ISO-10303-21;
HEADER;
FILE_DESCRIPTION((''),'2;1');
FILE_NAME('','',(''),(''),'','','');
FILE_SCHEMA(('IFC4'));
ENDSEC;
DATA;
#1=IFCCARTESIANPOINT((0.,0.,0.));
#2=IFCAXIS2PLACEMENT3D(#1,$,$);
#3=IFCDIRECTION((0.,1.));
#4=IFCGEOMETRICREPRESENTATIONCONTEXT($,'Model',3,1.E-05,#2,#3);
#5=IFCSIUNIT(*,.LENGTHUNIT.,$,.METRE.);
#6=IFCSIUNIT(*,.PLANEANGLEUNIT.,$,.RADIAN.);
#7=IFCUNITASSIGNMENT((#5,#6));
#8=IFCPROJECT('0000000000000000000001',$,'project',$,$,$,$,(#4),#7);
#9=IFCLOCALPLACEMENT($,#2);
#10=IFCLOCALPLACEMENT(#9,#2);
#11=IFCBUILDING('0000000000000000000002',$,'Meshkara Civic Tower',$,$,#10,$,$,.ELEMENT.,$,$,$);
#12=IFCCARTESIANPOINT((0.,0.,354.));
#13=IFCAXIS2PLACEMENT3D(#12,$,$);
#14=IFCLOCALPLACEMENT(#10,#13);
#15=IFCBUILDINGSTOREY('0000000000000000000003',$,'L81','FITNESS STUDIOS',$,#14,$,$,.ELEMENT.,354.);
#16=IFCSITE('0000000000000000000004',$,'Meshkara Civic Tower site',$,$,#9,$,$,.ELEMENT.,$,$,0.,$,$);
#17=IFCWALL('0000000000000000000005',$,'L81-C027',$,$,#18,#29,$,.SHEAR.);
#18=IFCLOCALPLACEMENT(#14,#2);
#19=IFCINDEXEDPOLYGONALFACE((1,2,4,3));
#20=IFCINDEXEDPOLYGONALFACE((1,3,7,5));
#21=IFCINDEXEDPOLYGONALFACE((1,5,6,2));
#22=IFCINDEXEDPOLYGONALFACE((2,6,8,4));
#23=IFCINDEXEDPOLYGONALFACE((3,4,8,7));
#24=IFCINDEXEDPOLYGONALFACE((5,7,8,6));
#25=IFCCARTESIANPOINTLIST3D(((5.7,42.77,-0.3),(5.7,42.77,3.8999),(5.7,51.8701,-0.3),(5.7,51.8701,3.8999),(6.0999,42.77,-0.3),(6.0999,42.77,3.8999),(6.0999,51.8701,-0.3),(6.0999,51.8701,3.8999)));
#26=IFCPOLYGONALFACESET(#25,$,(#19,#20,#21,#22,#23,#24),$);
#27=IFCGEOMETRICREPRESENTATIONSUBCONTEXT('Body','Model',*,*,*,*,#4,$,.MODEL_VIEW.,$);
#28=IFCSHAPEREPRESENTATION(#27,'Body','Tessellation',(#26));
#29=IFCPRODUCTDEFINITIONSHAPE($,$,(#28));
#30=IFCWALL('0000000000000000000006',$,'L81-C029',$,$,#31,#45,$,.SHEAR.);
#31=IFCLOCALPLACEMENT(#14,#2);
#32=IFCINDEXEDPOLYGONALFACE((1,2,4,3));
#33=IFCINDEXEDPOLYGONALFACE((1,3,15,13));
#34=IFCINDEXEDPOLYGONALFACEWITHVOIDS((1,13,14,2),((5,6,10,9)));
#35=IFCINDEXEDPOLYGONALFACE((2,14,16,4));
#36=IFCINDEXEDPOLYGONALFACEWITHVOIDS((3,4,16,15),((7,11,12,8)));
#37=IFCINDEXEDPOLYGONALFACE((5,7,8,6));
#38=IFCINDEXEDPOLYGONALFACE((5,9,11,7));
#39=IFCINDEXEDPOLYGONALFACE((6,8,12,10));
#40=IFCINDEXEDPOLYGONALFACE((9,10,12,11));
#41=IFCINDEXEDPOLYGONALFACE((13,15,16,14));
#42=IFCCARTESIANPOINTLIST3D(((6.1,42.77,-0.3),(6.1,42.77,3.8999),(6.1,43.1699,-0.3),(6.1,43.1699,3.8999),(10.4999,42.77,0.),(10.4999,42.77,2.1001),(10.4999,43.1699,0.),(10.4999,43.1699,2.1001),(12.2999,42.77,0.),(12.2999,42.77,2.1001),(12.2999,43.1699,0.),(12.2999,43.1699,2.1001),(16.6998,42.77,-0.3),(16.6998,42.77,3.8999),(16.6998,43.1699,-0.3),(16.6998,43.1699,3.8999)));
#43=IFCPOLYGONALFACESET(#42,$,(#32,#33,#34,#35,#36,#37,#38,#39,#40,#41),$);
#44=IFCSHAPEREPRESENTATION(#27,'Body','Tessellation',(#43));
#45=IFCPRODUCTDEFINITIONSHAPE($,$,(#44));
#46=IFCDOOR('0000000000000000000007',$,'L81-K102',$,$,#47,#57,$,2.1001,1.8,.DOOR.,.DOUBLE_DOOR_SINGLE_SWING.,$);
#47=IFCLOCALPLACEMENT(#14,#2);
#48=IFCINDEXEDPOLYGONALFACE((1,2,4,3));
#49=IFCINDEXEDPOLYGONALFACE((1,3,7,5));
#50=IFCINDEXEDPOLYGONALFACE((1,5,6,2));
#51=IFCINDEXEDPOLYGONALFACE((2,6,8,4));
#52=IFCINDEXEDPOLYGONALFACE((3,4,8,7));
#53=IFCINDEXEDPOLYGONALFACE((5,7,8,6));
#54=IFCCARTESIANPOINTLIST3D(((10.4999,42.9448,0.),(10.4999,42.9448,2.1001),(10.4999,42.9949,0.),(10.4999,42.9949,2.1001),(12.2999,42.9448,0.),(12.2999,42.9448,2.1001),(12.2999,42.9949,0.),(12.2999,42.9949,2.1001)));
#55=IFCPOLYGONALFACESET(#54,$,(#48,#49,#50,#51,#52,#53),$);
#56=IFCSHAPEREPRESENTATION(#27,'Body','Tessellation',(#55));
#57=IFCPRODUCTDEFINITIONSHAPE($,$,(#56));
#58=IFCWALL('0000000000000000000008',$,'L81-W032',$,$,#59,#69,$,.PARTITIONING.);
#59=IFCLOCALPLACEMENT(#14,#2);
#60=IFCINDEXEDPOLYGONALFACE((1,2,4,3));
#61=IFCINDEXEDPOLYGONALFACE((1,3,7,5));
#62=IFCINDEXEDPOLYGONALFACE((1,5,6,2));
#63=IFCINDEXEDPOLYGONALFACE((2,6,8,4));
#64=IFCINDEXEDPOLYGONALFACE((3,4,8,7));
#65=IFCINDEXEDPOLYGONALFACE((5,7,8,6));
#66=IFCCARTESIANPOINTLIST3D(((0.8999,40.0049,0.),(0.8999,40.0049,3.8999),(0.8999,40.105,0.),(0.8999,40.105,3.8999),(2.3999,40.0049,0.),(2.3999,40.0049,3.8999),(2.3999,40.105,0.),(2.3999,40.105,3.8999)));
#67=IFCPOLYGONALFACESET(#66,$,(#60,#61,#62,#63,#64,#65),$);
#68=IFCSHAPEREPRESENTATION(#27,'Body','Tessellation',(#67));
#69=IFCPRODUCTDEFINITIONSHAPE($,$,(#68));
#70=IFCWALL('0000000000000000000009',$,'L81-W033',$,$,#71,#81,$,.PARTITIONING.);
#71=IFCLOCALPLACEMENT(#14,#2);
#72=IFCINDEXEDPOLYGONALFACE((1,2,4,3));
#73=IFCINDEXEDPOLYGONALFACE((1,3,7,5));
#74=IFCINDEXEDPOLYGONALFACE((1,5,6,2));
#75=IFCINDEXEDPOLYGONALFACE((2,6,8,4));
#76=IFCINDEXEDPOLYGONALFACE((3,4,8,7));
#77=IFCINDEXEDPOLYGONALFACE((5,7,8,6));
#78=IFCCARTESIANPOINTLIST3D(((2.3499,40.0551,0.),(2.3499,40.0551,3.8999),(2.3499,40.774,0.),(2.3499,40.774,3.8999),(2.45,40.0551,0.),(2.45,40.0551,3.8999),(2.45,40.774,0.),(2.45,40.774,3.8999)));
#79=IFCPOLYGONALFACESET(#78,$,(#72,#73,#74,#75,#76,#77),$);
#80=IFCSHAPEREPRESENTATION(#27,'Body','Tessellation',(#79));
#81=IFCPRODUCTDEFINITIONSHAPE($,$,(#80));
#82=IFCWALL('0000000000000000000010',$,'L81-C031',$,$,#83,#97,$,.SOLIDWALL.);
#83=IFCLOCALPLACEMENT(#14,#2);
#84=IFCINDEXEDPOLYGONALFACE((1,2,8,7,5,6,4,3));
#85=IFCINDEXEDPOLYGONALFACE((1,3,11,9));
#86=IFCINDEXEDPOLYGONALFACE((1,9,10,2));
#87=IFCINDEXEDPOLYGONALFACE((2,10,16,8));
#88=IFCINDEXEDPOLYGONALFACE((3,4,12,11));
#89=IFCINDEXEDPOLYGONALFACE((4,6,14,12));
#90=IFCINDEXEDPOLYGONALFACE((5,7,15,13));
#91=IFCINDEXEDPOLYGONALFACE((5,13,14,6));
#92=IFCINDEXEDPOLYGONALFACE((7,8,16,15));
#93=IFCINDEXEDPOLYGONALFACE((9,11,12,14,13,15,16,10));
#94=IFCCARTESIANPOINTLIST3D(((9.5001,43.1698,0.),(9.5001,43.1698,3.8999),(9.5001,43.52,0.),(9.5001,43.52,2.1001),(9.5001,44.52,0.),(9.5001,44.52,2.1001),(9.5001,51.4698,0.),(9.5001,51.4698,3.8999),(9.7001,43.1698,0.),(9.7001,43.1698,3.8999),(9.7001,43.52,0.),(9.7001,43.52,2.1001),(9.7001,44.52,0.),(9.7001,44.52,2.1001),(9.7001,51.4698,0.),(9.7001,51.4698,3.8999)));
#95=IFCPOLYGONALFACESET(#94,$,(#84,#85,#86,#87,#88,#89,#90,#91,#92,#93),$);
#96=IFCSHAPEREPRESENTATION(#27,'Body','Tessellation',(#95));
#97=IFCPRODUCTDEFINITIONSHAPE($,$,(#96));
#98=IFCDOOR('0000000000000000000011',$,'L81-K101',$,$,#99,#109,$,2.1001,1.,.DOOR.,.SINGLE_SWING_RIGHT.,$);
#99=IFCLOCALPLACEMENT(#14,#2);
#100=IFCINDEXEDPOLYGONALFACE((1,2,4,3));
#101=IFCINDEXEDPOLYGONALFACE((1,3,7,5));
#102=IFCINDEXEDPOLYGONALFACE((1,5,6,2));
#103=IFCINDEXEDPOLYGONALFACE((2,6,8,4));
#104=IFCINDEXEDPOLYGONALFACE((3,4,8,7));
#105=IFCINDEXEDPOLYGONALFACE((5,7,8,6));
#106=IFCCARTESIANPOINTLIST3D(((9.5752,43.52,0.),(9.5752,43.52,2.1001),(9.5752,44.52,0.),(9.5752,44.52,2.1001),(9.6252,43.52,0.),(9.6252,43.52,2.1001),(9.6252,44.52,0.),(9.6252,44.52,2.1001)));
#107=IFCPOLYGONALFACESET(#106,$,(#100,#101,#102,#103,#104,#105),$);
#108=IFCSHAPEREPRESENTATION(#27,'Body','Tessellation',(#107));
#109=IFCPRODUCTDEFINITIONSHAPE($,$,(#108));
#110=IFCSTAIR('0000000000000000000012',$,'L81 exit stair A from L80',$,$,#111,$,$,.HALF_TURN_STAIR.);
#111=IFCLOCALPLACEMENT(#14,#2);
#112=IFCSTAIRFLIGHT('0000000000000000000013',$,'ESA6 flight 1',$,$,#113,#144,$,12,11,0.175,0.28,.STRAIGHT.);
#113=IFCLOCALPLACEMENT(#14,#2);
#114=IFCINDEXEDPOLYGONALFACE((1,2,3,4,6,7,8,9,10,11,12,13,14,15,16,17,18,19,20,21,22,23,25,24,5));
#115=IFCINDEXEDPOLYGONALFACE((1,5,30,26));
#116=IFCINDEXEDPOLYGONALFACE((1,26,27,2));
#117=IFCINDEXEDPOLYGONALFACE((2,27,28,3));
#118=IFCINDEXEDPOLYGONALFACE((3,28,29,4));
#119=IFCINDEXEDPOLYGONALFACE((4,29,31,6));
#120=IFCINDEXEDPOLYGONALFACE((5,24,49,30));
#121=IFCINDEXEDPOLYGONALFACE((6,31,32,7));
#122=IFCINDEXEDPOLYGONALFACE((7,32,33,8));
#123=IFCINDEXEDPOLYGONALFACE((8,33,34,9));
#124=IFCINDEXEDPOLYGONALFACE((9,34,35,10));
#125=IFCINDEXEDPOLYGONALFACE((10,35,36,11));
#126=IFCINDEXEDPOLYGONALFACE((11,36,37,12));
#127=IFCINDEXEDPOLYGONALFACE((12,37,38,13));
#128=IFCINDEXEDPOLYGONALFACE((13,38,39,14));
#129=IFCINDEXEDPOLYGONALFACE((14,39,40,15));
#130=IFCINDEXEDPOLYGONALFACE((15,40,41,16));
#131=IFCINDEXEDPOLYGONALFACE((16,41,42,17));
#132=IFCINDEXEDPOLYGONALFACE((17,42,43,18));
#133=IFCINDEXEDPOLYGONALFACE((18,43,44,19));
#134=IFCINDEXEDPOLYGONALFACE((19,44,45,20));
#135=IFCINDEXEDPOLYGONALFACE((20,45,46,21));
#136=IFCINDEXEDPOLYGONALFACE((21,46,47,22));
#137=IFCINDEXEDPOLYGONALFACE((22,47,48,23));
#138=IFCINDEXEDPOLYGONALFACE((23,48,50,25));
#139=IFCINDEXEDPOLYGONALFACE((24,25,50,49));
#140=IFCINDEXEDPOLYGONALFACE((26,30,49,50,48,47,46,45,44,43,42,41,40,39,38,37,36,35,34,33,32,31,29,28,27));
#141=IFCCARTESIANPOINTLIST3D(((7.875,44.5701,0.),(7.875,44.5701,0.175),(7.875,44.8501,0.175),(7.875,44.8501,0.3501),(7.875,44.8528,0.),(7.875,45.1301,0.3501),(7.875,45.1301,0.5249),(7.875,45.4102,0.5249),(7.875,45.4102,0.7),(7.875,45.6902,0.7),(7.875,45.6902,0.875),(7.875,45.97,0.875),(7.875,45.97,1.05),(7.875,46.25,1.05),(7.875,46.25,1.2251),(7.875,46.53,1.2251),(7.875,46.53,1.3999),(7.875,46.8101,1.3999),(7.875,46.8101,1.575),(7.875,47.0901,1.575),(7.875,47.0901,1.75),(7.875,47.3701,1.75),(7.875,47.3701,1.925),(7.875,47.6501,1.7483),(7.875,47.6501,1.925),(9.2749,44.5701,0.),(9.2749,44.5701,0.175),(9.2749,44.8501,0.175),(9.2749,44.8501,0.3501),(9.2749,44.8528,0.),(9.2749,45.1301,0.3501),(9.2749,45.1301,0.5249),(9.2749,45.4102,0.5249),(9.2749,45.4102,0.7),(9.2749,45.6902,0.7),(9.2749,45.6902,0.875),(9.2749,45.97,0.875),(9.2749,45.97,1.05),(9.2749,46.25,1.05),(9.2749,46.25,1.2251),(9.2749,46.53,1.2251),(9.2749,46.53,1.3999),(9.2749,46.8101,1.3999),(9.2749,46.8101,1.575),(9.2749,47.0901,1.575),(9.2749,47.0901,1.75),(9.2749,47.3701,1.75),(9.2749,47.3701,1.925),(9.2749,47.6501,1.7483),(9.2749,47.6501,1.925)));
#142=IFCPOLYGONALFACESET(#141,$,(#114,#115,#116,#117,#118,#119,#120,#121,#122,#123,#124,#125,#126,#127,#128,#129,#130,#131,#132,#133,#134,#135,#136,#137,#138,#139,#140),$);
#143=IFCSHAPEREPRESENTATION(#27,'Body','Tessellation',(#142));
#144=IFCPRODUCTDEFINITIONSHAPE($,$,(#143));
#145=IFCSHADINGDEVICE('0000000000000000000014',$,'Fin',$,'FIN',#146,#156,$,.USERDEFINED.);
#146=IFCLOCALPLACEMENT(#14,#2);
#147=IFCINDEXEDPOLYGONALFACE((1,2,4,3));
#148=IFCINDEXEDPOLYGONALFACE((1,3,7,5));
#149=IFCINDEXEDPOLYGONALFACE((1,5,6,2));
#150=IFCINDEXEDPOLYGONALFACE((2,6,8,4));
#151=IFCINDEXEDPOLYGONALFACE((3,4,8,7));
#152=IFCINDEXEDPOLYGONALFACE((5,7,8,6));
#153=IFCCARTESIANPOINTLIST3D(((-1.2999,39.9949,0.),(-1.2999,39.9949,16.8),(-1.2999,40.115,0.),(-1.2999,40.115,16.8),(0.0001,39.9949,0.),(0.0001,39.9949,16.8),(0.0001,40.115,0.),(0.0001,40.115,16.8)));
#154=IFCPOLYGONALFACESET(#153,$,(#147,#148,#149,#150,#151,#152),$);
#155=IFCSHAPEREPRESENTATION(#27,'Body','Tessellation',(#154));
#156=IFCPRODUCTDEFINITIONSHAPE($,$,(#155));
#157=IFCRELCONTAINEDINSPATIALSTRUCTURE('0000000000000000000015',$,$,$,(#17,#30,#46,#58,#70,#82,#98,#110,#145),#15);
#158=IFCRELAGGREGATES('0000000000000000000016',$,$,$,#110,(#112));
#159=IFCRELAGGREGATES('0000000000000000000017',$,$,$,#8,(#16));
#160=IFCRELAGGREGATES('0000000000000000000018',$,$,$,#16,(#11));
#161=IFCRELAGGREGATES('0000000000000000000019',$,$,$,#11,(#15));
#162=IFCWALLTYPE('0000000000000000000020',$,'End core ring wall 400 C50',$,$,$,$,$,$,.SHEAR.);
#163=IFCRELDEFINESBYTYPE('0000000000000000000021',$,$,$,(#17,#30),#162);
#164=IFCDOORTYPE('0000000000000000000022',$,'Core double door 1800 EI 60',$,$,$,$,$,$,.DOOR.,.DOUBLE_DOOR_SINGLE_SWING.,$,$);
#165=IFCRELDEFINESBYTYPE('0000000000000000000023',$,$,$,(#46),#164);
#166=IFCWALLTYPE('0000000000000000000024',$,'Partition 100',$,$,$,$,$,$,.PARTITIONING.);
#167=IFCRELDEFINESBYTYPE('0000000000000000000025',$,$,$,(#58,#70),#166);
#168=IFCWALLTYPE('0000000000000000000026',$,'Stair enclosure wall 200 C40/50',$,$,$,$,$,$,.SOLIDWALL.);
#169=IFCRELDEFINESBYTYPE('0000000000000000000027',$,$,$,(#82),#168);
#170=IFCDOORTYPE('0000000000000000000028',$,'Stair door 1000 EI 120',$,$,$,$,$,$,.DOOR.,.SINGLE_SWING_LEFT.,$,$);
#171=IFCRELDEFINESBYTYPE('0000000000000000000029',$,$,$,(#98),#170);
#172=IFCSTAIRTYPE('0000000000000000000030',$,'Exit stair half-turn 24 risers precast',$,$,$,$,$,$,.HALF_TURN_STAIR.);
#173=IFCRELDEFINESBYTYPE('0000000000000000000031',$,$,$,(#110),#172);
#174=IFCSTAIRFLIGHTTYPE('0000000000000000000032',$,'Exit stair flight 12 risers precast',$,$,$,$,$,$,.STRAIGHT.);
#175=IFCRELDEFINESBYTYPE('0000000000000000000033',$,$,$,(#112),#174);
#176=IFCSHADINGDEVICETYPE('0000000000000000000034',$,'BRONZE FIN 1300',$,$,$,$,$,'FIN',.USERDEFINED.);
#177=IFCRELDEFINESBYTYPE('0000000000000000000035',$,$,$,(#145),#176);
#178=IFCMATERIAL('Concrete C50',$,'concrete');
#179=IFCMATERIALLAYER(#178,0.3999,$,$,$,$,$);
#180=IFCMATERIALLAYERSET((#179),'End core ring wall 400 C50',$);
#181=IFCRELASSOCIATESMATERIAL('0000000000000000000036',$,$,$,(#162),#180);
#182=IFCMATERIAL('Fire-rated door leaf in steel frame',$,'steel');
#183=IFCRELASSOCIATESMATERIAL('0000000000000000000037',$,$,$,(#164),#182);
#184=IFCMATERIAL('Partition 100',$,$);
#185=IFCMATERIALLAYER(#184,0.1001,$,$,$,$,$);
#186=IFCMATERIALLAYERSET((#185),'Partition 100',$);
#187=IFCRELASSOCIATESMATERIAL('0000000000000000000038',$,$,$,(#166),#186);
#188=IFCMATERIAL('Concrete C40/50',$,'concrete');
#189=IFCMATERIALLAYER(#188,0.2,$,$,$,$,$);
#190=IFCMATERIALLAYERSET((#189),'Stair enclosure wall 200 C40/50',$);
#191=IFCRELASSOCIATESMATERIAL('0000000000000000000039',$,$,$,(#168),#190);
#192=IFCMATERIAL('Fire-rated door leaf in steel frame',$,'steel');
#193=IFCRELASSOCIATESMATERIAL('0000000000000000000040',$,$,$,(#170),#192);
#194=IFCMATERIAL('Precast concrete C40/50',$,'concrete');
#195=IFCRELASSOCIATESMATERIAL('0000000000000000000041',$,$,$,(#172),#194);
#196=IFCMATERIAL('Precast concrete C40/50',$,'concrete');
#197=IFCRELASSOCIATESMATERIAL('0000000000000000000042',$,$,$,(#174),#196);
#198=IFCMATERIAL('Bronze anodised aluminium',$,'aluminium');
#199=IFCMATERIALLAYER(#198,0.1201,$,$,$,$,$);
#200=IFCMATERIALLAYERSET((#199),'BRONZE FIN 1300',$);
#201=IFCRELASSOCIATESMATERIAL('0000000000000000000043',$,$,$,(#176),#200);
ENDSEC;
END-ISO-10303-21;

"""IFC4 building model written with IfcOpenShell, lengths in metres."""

from ifc_helpers import new_model, si_unit, direction, frame, frame_2d, origin, origin_2d, place, context, subcontext, project, spatial, polyline, rectangle, outline, extrude, material, layer, layer_set, type_object, element, fill, aggregate, save


model = new_model("IFC4")

# Units and contexts
model_context = context("Model", 3, precision=1e-05, world=origin(), true_north=direction((0.0, 1.0)))
body_context = subcontext(model_context, "Body", "Model", "MODEL_VIEW")
ifc_project = project(units=[si_unit("LENGTHUNIT", "METRE"), si_unit("PLANEANGLEUNIT", "RADIAN")], contexts=[model_context])

# Site, building, storey
site_placement = place(None, origin())
site = spatial("IfcSite", under=ifc_project, at=site_placement, Name="Meshkara Civic Tower site", CompositionType="ELEMENT", RefElevation=0.0)
building_placement = place(site_placement, origin())
building = spatial("IfcBuilding", under=site, at=building_placement, Name="Meshkara Civic Tower", CompositionType="ELEMENT")
storey_placement = place(building_placement, frame((0.0, 0.0, 354.0)))
storey = spatial("IfcBuildingStorey", under=building, at=storey_placement, Name="L81", Description="FITNESS STUDIOS", CompositionType="ELEMENT", Elevation=354.0)

# Wall
ifc_material_1 = material(Name="Concrete C50", Category="concrete")
ifc_layer_1 = layer(ifc_material_1, 0.3999)
ifc_layer_set_1 = layer_set([ifc_layer_1], Name="End core ring wall 400 C50")
wall_type_1 = type_object("IfcWallType", Name="End core ring wall 400 C50", PredefinedType="SHEAR", material=ifc_layer_set_1)
wall_1_placement = place(storey_placement, frame((5.8999, 42.77, -0.3), z_axis=(0.0, 0.0, 1.0), x_axis=(0.0, 1.0, 0.0)))
element("IfcWall", 1, at=wall_1_placement, inside=storey, type_object=wall_type_1, Name="L81-C027", PredefinedType="SHEAR", context=body_context, shape_type="SweptSolid", body=[
    extrude(rectangle(XDim=9.1001, YDim=0.3999, at=frame_2d((4.55, 0.0))), origin(), (0.0, 0.0, 1.0), 4.2),
])

# Wall, opening, door
wall_2_placement = place(storey_placement, frame((6.1001, 42.97, -0.3), z_axis=(0.0, 0.0, 1.0), x_axis=(1.0, 0.0, 0.0)))
wall_2 = element("IfcWall", 2, at=wall_2_placement, inside=storey, type_object=wall_type_1, Name="L81-C029", PredefinedType="SHEAR", context=body_context, shape_type="SweptSolid", body=[
    extrude(rectangle(XDim=10.5999, YDim=0.3999, at=frame_2d((5.2998, 0.0))), origin(), (0.0, 0.0, 1.0), 4.2),
])
opening_1_placement = place(wall_2_placement, frame((4.3999, 0.0, 0.3)))
opening_1 = element("IfcOpeningElement", 3, at=opening_1_placement, cuts=wall_2, PredefinedType="OPENING", context=body_context, shape_type="SweptSolid", body=[
    extrude(rectangle(XDim=1.8, YDim=2.1001, at=frame_2d((0.8999, 1.05))), frame((0.0, 0.21, 0.0), z_axis=(0.0, -1.0, 0.0), x_axis=(1.0, 0.0, 0.0)), (0.0, 0.0, 1.0), 0.4199),
])
ifc_material_2 = material(Name="Fire-rated door leaf in steel frame", Category="steel")
door_type_1 = type_object("IfcDoorType", Name="Core double door 1800 EI 60", OperationType="DOUBLE_DOOR_SINGLE_SWING", PredefinedType="DOOR", material=ifc_material_2)
door_1_placement = place(opening_1_placement, origin())
door_1 = element("IfcDoor", 4, at=door_1_placement, inside=storey, type_object=door_type_1, Name="L81-K102", OperationType="DOUBLE_DOOR_SINGLE_SWING", OverallHeight=2.1001, OverallWidth=1.8, PredefinedType="DOOR", context=body_context, shape_type="SweptSolid", body=[
    extrude(rectangle(XDim=1.8, YDim=2.1001, at=frame_2d((0.8999, 1.05))), frame((0.0, 0.0249, 0.0), z_axis=(0.0, -1.0, 0.0), x_axis=(1.0, 0.0, 0.0)), (0.0, 0.0, 1.0), 0.05),
])
fill(opening_1, door_1)

# Walls
ifc_material_3 = material(Name="Partition 100")
ifc_layer_2 = layer(ifc_material_3, 0.1001)
ifc_layer_set_2 = layer_set([ifc_layer_2], Name="Partition 100")
wall_type_2 = type_object("IfcWallType", Name="Partition 100", PredefinedType="PARTITIONING", material=ifc_layer_set_2)
wall_3_placement = place(storey_placement, frame((2.3999, 40.0549, 0.0), z_axis=(0.0, 0.0, 1.0), x_axis=(-1.0, 0.0, 0.0)))
element("IfcWall", 5, at=wall_3_placement, inside=storey, type_object=wall_type_2, Name="L81-W032", PredefinedType="PARTITIONING", context=body_context, shape_type="SweptSolid", body=[
    extrude(rectangle(XDim=1.5, YDim=0.1001, at=frame_2d((0.75, 0.0))), origin(), (0.0, 0.0, 1.0), 3.8999),
])
wall_4_placement = place(storey_placement, frame((2.3999, 40.7739, 0.0), z_axis=(0.0, 0.0, 1.0), x_axis=(0.0, -1.0, 0.0)))
element("IfcWall", 6, at=wall_4_placement, inside=storey, type_object=wall_type_2, Name="L81-W033", PredefinedType="PARTITIONING", context=body_context, shape_type="SweptSolid", body=[
    extrude(rectangle(XDim=0.719, YDim=0.1001, at=frame_2d((0.3594, 0.0))), origin(), (0.0, 0.0, 1.0), 3.8999),
])

# Wall, opening, door
ifc_material_4 = material(Name="Concrete C40/50", Category="concrete")
ifc_layer_3 = layer(ifc_material_4, 0.2)
ifc_layer_set_3 = layer_set([ifc_layer_3], Name="Stair enclosure wall 200 C40/50")
wall_type_3 = type_object("IfcWallType", Name="Stair enclosure wall 200 C40/50", PredefinedType="SOLIDWALL", material=ifc_layer_set_3)
wall_5_placement = place(storey_placement, frame((9.6001, 43.1699, 0.0), z_axis=(0.0, 0.0, 1.0), x_axis=(0.0, 1.0, 0.0)))
wall_5 = element("IfcWall", 7, at=wall_5_placement, inside=storey, type_object=wall_type_3, Name="L81-C031", PredefinedType="SOLIDWALL", context=body_context, shape_type="SweptSolid", body=[
    extrude(rectangle(XDim=8.3, YDim=0.2, at=frame_2d((4.1499, 0.0))), origin(), (0.0, 0.0, 1.0), 3.8999),
])
opening_2_placement = place(wall_5_placement, frame((0.3501, 0.0, 0.0)))
opening_2 = element("IfcOpeningElement", 8, at=opening_2_placement, cuts=wall_5, PredefinedType="OPENING", context=body_context, shape_type="SweptSolid", body=[
    extrude(rectangle(XDim=1.0, YDim=2.1001, at=frame_2d((0.5, 1.05))), frame((0.0, 0.1099, 0.0), z_axis=(0.0, -1.0, 0.0), x_axis=(1.0, 0.0, 0.0)), (0.0, 0.0, 1.0), 0.22),
])
ifc_material_5 = material(Name="Fire-rated door leaf in steel frame", Category="steel")
door_type_2 = type_object("IfcDoorType", Name="Stair door 1000 EI 120", OperationType="SINGLE_SWING_LEFT", PredefinedType="DOOR", material=ifc_material_5)
door_2_placement = place(opening_2_placement, origin())
door_2 = element("IfcDoor", 9, at=door_2_placement, inside=storey, type_object=door_type_2, Name="L81-K101", OperationType="SINGLE_SWING_RIGHT", OverallHeight=2.1001, OverallWidth=1.0, PredefinedType="DOOR", context=body_context, shape_type="SweptSolid", body=[
    extrude(rectangle(XDim=1.0, YDim=2.1001, at=frame_2d((0.5, 1.05))), frame((0.0, 0.0249, 0.0), z_axis=(0.0, -1.0, 0.0), x_axis=(1.0, 0.0, 0.0)), (0.0, 0.0, 1.0), 0.05),
])
fill(opening_2, door_2)

# Stair, stair flight
ifc_material_6 = material(Name="Precast concrete C40/50", Category="concrete")
stair_type = type_object("IfcStairType", Name="Exit stair half-turn 24 risers precast", PredefinedType="HALF_TURN_STAIR", material=ifc_material_6)
stair_placement = place(storey_placement, origin())
stair = element("IfcStair", 10, at=stair_placement, inside=storey, type_object=stair_type, Name="L81 exit stair A from L80", PredefinedType="HALF_TURN_STAIR")
ifc_material_7 = material(Name="Precast concrete C40/50", Category="concrete")
stair_flight_type = type_object("IfcStairFlightType", Name="Exit stair flight 12 risers precast", PredefinedType="STRAIGHT", material=ifc_material_7)
stair_flight_placement = place(storey_placement, frame((8.575, 44.5701, 0.0), z_axis=(0.0, 0.0, 1.0), x_axis=(0.0, 1.0, 0.0)))
stair_flight = element("IfcStairFlight", 11, at=stair_flight_placement, type_object=stair_flight_type, Name="ESA6 flight 1", NumberOfRisers=12, NumberOfTreads=11, PredefinedType="STRAIGHT", RiserHeight=0.175, TreadLength=0.28, context=body_context, shape_type="SweptSolid", body=[
    extrude(outline(polyline([(0.0, 0.0), (0.0, 0.175), (0.28, 0.175), (0.28, 0.3501), (0.5601, 0.3501), (0.5601, 0.5249), (0.8401, 0.5249), (0.8401, 0.7), (1.1201, 0.7), (1.1201, 0.875), (1.3999, 0.875), (1.3999, 1.05), (1.6799, 1.05), (1.6799, 1.2251), (1.96, 1.2251), (1.96, 1.3999), (2.24, 1.3999), (2.24, 1.575), (2.52, 1.575), (2.52, 1.75), (2.8, 1.75), (2.8, 1.925), (3.0801, 1.925), (3.0801, 2.1001), (3.0801, 1.7483), (0.2827, 0.0), (0.0, 0.0)])), frame((0.0, 0.7, 0.0), z_axis=(0.0, -1.0, 0.0), x_axis=(1.0, 0.0, 0.0)), (0.0, 0.0, 1.0), 1.3999),
])
aggregate(stair, [stair_flight])

# Shading device
ifc_material_8 = material(Name="Bronze anodised aluminium", Category="aluminium")
ifc_layer_4 = layer(ifc_material_8, 0.1201)
ifc_layer_set_4 = layer_set([ifc_layer_4], Name="BRONZE FIN 1300")
shading_device_type = type_object("IfcShadingDeviceType", Name="BRONZE FIN 1300", ElementType="FIN", PredefinedType="USERDEFINED", material=ifc_layer_set_4)
shading_device_placement = place(storey_placement, frame((-0.6499, 40.0549, 0.0), z_axis=(0.0, 0.0, 1.0), x_axis=(0.0, -1.0, 0.0)))
element("IfcShadingDevice", 12, at=shading_device_placement, inside=storey, type_object=shading_device_type, Name="Fin", ObjectType="FIN", PredefinedType="USERDEFINED", context=body_context, shape_type="SweptSolid", body=[
    extrude(rectangle(XDim=0.1201, YDim=1.3, at=origin_2d()), origin(), (0.0, 0.0, 1.0), 16.8),
])

save(model, "model.ifc")
